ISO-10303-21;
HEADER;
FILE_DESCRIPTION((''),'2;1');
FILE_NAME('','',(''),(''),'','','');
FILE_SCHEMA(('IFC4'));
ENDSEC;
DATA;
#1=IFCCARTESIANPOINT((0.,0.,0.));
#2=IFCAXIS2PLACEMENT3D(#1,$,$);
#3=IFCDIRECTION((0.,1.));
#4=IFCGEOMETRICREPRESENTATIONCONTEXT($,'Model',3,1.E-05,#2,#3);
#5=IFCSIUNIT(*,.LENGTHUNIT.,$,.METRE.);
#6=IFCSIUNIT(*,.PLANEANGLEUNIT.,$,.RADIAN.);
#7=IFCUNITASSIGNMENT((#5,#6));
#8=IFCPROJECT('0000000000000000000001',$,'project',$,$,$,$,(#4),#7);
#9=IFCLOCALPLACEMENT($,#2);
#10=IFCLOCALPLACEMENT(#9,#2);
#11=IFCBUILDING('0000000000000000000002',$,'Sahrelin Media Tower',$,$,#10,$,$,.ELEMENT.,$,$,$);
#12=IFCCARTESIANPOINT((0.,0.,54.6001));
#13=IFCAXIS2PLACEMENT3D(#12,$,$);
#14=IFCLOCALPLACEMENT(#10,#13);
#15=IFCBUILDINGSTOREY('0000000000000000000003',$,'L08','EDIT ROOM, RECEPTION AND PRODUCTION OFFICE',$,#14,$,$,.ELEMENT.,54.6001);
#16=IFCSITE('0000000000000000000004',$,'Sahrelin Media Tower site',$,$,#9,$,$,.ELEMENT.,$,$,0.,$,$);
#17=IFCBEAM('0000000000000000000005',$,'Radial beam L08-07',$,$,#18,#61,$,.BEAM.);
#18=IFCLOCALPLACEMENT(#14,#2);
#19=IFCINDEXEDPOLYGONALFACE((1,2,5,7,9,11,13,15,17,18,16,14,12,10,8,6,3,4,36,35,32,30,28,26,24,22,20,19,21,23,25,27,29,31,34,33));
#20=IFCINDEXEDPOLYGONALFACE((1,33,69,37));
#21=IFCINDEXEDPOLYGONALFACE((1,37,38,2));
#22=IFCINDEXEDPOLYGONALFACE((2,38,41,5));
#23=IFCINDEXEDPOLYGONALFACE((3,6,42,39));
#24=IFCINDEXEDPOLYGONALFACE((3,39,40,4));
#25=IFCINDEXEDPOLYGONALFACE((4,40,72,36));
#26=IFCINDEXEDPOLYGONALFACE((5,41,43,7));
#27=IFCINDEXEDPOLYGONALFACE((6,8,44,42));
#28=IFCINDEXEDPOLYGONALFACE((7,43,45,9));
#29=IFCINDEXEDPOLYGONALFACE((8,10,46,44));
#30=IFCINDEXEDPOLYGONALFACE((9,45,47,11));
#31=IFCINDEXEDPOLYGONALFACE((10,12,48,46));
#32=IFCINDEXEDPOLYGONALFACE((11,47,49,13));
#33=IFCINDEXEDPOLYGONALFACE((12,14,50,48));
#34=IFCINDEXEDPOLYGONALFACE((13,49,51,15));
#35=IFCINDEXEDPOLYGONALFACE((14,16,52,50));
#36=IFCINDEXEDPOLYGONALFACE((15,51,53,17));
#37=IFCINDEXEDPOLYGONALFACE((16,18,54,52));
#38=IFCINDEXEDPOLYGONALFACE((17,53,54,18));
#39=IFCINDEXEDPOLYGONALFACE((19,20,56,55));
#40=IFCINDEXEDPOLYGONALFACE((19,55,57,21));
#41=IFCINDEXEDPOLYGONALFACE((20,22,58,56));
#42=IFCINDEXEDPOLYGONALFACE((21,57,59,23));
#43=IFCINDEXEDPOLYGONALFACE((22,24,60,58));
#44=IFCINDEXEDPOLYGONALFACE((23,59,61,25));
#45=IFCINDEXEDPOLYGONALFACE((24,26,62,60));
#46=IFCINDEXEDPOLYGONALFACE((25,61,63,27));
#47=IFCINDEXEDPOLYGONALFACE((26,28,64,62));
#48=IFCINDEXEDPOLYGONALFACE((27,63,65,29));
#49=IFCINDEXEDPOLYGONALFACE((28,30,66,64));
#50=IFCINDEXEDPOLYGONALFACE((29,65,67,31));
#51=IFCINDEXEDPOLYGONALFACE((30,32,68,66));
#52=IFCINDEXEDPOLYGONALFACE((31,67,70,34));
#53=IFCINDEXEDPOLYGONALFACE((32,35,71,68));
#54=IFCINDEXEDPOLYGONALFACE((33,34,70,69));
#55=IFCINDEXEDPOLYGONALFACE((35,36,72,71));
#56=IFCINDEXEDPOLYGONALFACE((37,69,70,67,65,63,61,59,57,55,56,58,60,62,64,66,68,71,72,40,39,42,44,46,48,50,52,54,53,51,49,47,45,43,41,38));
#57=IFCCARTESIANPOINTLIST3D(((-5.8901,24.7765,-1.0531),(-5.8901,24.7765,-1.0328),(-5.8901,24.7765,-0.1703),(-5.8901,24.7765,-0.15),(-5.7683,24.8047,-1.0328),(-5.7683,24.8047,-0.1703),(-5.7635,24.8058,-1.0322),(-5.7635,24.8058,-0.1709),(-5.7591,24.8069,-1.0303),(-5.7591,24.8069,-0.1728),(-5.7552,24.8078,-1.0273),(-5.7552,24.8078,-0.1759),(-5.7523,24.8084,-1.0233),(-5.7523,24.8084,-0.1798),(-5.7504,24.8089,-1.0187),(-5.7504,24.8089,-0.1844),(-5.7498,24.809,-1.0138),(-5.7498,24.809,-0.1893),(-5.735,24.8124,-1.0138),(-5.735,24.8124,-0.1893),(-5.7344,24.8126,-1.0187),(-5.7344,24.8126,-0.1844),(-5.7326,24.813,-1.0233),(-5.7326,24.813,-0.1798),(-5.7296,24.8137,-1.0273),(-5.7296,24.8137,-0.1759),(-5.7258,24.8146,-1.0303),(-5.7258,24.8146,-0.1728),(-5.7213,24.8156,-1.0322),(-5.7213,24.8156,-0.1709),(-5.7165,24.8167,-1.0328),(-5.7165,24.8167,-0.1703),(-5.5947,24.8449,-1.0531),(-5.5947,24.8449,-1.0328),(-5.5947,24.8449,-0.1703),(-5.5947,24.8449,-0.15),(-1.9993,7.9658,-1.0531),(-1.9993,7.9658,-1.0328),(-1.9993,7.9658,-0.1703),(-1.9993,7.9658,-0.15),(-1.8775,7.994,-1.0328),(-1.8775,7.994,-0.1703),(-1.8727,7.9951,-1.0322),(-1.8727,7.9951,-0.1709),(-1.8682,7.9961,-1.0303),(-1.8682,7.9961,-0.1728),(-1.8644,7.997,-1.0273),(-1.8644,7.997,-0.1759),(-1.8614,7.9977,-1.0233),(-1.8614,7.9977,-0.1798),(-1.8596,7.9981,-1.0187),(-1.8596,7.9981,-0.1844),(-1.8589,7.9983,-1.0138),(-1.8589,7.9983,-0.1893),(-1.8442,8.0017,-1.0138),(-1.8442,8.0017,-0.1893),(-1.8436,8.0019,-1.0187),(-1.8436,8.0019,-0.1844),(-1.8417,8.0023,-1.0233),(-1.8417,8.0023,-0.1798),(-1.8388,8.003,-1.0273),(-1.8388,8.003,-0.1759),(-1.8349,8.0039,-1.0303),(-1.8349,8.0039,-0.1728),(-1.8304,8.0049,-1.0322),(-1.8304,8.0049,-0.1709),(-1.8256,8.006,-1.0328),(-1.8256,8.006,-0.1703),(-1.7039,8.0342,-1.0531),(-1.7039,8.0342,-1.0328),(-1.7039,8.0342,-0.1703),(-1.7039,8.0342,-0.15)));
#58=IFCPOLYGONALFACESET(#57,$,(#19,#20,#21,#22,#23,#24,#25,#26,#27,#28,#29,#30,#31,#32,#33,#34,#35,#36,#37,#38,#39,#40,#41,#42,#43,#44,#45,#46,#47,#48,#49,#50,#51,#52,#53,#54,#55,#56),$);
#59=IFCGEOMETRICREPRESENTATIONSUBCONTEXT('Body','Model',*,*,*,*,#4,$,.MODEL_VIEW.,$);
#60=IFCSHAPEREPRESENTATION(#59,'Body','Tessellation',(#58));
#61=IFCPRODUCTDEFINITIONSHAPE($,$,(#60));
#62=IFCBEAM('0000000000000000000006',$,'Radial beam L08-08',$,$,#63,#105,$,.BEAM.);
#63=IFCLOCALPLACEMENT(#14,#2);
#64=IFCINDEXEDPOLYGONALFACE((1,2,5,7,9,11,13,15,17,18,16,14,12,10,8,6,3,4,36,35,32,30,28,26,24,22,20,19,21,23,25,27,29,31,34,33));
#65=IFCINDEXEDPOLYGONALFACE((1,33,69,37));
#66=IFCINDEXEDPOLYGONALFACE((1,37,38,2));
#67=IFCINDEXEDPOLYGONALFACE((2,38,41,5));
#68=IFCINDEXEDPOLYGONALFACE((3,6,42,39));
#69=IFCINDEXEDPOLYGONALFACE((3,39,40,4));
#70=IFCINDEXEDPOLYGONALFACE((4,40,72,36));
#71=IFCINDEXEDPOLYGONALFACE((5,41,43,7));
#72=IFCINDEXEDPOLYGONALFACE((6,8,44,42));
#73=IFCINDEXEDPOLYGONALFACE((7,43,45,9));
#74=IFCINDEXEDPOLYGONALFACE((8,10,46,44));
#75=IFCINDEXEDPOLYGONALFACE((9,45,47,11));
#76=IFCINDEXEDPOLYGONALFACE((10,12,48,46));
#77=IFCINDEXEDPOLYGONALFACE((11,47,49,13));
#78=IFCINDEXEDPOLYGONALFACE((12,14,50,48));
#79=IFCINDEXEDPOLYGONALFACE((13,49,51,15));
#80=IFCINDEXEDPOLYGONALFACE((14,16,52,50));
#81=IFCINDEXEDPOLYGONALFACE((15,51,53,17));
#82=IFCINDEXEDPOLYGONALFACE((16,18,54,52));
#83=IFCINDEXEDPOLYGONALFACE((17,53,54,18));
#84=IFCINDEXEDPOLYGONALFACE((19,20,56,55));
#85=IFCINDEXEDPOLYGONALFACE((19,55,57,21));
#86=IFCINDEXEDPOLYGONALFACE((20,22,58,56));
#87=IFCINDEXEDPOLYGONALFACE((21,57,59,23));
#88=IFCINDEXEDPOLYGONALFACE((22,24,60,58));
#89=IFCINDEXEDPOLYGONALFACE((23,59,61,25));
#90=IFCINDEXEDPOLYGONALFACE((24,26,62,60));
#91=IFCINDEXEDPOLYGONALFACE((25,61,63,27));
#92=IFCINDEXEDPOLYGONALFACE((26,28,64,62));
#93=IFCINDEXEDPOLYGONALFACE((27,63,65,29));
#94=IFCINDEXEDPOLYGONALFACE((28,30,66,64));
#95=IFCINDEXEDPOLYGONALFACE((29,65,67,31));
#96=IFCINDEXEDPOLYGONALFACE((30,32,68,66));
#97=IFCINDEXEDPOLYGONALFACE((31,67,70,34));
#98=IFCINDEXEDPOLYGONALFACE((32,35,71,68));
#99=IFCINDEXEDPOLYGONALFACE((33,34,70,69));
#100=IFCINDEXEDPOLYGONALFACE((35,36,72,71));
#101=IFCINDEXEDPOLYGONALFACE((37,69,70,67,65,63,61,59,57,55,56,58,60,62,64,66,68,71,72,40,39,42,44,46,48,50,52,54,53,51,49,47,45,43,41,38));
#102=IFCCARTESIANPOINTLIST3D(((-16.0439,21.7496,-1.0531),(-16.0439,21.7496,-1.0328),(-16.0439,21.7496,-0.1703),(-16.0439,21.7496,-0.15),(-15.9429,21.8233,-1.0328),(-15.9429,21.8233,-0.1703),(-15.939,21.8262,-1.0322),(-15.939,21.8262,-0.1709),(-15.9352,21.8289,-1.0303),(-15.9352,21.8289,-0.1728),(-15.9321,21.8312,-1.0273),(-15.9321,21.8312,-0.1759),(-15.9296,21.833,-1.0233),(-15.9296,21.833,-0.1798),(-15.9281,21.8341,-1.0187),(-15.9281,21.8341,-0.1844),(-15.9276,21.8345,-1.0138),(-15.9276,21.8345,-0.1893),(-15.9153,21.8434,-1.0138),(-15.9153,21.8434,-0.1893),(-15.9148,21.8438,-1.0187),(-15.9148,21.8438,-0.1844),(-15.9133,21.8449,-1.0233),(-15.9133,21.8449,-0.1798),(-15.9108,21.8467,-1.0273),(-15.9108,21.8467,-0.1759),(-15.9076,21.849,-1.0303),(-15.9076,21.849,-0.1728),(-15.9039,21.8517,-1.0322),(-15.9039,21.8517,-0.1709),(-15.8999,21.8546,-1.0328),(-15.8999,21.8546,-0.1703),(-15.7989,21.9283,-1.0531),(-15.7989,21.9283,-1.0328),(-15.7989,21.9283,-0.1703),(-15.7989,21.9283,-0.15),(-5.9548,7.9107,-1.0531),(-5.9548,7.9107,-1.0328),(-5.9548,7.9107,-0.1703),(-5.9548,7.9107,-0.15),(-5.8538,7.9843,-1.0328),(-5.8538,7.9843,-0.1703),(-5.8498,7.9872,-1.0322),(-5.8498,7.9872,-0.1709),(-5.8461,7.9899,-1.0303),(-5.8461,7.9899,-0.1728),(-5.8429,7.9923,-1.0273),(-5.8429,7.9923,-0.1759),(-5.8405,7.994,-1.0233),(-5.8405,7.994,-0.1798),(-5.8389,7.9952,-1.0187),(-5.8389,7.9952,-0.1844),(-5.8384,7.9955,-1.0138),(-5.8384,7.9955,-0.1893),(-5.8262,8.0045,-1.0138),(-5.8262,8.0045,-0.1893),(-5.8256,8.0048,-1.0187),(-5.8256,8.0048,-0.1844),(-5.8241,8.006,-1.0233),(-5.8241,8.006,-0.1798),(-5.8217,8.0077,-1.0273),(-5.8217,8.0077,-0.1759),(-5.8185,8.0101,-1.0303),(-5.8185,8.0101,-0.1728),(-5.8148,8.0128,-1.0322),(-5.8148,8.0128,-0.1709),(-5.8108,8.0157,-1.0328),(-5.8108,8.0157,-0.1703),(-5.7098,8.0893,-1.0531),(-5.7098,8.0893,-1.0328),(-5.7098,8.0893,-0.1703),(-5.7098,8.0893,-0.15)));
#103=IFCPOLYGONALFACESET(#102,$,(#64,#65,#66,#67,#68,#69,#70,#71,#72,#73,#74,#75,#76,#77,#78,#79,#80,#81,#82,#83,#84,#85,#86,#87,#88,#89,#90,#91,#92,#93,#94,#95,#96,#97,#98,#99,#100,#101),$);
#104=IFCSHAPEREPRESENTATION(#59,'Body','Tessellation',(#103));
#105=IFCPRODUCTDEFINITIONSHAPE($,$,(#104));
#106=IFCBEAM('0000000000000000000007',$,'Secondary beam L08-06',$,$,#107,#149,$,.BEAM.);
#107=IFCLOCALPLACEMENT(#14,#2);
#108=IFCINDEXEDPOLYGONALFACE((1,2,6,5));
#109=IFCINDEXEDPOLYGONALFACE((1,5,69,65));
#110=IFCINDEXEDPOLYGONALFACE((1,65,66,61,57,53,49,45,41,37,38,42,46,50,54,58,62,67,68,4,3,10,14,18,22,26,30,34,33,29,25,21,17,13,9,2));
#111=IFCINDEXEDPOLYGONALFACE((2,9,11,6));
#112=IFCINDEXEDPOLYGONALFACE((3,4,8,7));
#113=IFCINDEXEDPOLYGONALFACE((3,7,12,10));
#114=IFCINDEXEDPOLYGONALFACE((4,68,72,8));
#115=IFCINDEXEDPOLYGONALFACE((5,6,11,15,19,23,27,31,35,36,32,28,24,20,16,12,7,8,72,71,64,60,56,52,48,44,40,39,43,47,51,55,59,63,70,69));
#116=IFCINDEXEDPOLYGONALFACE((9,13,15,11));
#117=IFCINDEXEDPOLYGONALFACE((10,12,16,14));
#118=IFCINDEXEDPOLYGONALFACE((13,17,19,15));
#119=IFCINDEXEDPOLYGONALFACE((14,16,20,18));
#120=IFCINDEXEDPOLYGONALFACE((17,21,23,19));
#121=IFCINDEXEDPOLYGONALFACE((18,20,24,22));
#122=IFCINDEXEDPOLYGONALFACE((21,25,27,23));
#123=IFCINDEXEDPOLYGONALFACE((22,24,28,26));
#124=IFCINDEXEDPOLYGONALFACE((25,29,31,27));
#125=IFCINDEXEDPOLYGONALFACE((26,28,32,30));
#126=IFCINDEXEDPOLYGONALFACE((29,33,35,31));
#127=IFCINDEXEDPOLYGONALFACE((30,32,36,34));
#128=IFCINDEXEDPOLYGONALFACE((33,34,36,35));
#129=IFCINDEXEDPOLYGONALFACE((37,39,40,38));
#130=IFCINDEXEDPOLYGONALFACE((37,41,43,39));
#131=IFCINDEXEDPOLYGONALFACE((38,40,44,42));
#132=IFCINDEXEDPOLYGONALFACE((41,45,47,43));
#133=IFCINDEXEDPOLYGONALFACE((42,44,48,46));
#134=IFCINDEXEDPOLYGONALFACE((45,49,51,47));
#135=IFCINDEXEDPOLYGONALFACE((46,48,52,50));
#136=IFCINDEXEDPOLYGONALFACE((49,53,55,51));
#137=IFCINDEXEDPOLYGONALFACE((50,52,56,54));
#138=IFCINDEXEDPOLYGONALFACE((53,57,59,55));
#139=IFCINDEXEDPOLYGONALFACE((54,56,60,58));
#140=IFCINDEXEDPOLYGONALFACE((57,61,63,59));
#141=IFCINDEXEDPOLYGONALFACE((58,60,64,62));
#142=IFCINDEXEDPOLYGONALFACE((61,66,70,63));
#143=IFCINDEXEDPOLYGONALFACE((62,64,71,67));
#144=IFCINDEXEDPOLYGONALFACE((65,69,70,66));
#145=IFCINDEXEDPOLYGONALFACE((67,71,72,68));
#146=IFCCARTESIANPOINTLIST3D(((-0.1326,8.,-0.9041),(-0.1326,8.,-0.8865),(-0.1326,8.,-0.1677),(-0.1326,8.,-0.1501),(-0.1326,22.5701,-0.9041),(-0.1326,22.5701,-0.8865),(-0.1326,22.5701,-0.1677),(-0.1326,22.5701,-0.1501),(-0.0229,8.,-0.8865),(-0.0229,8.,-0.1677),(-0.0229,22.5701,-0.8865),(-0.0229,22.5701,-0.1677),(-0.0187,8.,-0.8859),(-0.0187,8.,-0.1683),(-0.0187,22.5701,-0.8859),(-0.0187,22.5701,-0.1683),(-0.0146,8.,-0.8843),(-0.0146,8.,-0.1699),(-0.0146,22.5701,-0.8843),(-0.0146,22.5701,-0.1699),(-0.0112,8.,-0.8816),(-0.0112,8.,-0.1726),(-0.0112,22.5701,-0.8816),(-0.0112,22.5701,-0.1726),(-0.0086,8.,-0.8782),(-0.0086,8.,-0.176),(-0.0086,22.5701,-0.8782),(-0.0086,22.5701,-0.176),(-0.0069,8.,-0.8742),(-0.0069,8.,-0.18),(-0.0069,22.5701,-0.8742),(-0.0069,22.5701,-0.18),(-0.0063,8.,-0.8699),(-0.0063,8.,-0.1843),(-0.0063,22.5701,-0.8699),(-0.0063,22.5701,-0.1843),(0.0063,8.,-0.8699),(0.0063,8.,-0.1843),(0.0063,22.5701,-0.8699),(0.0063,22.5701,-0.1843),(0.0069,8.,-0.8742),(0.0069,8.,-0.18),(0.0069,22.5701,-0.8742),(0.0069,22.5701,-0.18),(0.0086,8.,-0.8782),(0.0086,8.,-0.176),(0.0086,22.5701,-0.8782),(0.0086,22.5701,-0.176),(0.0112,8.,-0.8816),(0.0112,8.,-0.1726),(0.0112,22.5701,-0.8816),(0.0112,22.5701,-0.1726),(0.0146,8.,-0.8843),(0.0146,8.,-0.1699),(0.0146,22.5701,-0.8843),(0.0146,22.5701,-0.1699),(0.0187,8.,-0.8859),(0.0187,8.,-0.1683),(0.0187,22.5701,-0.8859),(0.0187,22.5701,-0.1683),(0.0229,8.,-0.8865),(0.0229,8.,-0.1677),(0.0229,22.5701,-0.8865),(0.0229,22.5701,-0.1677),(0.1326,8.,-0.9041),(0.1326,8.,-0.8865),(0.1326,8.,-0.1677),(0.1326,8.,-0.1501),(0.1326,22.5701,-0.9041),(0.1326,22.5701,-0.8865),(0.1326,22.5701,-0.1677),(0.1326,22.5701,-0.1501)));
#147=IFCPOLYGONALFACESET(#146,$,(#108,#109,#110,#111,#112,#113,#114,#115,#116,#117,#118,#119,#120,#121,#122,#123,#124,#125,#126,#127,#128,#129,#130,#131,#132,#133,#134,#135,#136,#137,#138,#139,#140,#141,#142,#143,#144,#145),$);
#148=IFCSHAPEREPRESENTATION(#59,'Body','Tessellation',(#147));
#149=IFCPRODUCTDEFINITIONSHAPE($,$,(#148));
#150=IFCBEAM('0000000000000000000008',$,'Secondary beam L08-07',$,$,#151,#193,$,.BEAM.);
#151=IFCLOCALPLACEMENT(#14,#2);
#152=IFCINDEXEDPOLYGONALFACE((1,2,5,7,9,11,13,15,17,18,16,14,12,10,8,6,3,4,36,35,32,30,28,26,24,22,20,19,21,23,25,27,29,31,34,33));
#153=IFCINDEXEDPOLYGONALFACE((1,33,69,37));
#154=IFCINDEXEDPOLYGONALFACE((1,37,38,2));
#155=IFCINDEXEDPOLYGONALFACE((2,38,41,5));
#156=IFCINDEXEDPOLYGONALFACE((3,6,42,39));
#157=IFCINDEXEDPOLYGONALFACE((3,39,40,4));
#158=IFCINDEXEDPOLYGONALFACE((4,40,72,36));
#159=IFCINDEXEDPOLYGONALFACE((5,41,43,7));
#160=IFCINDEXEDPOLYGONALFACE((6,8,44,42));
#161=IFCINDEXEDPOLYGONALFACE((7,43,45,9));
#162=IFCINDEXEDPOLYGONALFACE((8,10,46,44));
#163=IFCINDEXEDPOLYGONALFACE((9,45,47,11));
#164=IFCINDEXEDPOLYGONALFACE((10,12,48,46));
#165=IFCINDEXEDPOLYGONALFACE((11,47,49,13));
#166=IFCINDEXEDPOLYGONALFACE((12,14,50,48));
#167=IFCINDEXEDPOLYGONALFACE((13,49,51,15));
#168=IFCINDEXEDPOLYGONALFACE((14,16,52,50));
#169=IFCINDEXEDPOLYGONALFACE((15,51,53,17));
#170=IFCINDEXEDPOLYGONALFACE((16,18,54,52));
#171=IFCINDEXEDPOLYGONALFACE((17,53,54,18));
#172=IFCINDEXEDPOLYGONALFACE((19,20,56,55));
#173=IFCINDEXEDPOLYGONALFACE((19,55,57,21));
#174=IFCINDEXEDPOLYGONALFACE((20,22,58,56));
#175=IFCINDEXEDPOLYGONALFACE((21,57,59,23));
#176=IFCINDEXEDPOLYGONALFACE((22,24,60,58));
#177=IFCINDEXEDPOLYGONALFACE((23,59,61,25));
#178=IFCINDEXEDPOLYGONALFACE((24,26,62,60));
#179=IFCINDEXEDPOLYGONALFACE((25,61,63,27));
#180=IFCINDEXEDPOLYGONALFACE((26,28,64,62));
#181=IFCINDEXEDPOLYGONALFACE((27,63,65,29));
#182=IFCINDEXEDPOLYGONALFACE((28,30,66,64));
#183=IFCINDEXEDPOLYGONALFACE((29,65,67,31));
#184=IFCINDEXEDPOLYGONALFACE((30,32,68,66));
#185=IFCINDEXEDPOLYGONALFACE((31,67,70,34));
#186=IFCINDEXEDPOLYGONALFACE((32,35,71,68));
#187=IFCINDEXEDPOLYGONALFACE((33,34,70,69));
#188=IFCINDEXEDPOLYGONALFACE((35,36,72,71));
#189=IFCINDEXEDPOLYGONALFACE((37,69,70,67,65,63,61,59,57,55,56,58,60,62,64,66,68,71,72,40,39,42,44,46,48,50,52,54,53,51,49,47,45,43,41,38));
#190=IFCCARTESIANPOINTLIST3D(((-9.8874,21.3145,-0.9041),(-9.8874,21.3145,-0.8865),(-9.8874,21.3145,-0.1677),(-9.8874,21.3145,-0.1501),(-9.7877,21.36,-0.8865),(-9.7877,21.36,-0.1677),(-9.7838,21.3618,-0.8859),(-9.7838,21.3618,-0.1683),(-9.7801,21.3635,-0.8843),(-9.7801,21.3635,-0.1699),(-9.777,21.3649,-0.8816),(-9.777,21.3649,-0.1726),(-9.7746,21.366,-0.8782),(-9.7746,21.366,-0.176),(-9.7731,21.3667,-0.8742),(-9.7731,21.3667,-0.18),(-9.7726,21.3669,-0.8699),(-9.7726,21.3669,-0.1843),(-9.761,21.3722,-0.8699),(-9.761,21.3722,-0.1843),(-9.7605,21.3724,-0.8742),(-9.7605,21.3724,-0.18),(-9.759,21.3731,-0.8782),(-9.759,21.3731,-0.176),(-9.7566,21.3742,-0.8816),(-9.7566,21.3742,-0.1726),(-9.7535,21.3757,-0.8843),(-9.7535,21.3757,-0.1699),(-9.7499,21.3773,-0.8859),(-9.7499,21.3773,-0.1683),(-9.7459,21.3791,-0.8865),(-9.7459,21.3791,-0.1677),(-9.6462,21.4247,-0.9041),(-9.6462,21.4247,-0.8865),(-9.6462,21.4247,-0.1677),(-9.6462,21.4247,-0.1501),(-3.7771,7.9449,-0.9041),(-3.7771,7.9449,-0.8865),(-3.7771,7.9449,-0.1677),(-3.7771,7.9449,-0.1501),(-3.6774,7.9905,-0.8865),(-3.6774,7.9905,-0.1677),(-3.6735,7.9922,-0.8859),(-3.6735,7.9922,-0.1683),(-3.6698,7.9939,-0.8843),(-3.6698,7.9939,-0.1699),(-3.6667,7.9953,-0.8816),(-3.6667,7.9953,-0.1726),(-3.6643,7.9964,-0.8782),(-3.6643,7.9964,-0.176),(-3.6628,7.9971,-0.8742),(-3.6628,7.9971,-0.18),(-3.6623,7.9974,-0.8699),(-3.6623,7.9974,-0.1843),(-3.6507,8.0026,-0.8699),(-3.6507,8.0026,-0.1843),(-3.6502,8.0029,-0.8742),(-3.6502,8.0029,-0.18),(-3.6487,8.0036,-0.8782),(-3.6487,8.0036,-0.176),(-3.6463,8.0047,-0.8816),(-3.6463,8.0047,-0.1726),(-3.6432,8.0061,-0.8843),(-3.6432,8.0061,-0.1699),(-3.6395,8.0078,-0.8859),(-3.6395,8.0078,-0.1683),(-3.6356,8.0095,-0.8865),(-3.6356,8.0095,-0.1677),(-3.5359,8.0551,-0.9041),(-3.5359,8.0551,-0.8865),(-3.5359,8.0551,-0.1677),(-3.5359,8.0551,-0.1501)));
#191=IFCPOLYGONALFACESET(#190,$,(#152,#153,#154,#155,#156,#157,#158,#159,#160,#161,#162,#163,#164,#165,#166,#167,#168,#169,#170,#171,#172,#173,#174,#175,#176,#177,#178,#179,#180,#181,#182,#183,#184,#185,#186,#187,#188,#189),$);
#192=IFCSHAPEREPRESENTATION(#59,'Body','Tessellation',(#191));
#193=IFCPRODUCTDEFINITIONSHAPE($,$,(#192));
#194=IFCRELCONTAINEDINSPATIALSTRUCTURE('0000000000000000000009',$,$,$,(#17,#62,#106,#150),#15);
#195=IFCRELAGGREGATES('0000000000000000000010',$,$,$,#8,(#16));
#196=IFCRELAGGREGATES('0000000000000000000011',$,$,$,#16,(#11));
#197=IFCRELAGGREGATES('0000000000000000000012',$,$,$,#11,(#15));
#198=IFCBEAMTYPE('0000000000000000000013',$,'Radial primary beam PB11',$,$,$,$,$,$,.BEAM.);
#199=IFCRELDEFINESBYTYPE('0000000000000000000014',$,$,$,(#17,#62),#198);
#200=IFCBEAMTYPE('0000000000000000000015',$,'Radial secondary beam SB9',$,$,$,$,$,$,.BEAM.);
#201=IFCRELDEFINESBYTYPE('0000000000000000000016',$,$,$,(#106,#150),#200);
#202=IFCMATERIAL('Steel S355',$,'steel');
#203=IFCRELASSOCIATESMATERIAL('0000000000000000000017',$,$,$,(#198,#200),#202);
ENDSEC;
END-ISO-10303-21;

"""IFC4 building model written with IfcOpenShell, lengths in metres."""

from ifc_helpers import new_model, si_unit, direction, frame, origin, origin_2d, place, context, subcontext, project, spatial, i_section, extrude, material, material_profile, profile_set, type_object, element, save


model = new_model("IFC4")

# Units and contexts
model_context = context("Model", 3, precision=1e-05, world=origin(), true_north=direction((0.0, 1.0)))
body_context = subcontext(model_context, "Body", "Model", "MODEL_VIEW")
ifc_project = project(units=[si_unit("LENGTHUNIT", "METRE"), si_unit("PLANEANGLEUNIT", "RADIAN")], contexts=[model_context])

# Site, building, storey
site_placement = place(None, origin())
site = spatial("IfcSite", under=ifc_project, at=site_placement, Name="Sahrelin Media Tower site", CompositionType="ELEMENT", RefElevation=0.0)
building_placement = place(site_placement, origin())
building = spatial("IfcBuilding", under=site, at=building_placement, Name="Sahrelin Media Tower", CompositionType="ELEMENT")
storey_placement = place(building_placement, frame((0.0, 0.0, 54.6001)))
storey = spatial("IfcBuildingStorey", under=building, at=storey_placement, Name="L08", Description="EDIT ROOM, RECEPTION AND PRODUCTION OFFICE", CompositionType="ELEMENT", Elevation=54.6001)

# Shared definitions
ifc_material_1 = material(Name="Steel S355", Category="steel")

# Beams
ifc_material_profile_1 = material_profile(ifc_material_1, i_section(OverallWidth=0.3032, OverallDepth=0.9031, WebThickness=0.0151, FlangeThickness=0.0203, FilletRadius=0.019, at=origin_2d()), Name="UB 914x305x201")
ifc_profile_set_1 = profile_set([ifc_material_profile_1], Name="Steel S355")
beam_type_1 = type_object("IfcBeamType", Name="Radial primary beam PB11", PredefinedType="BEAM", material=ifc_profile_set_1)
beam_1_placement = place(storey_placement, frame((-1.8516, 8.0, -0.6016), z_axis=(-0.22549, 0.974246, 0.0), x_axis=(-0.974246, -0.22549, 0.0)))
element("IfcBeam", 1, at=beam_1_placement, inside=storey, type_object=beam_type_1, Name="Radial beam L08-07", PredefinedType="BEAM", context=body_context, shape_type="SweptSolid", body=[
    extrude(i_section(OverallWidth=0.3032, OverallDepth=0.9031, WebThickness=0.0151, FlangeThickness=0.0203, FilletRadius=0.019, at=origin_2d()), origin(), (0.0, 0.0, 1.0), 17.2551),
])
beam_2_placement = place(storey_placement, frame((-5.8323, 8.0, -0.6016), z_axis=(-0.589106, 0.808056, 0.0), x_axis=(-0.808056, -0.589106, 0.0)))
element("IfcBeam", 2, at=beam_2_placement, inside=storey, type_object=beam_type_1, Name="Radial beam L08-08", PredefinedType="BEAM", context=body_context, shape_type="SweptSolid", body=[
    extrude(i_section(OverallWidth=0.3032, OverallDepth=0.9031, WebThickness=0.0151, FlangeThickness=0.0203, FilletRadius=0.019, at=origin_2d()), origin(), (0.0, 0.0, 1.0), 17.1262),
])
ifc_material_profile_2 = material_profile(ifc_material_1, i_section(OverallWidth=0.2651, OverallDepth=0.7539, WebThickness=0.0127, FlangeThickness=0.0176, FilletRadius=0.0166, at=origin_2d()), Name="UB 762x267x147")
ifc_profile_set_2 = profile_set([ifc_material_profile_2], Name="Steel S355")
beam_type_2 = type_object("IfcBeamType", Name="Radial secondary beam SB9", PredefinedType="BEAM", material=ifc_profile_set_2)
beam_3_placement = place(storey_placement, frame((0.0, 8.0, -0.5271), z_axis=(0.0, 1.0, 0.0), x_axis=(-1.0, 0.0, 0.0)))
element("IfcBeam", 3, at=beam_3_placement, inside=storey, type_object=beam_type_2, Name="Secondary beam L08-06", PredefinedType="BEAM", context=body_context, shape_type="SweptSolid", body=[
    extrude(i_section(OverallWidth=0.2651, OverallDepth=0.7539, WebThickness=0.0127, FlangeThickness=0.0176, FilletRadius=0.0166, at=origin_2d()), origin(), (0.0, 0.0, 1.0), 14.5701),
])
beam_4_placement = place(storey_placement, frame((-3.6565, 8.0, -0.5271), z_axis=(-0.415677, 0.909513, 0.0), x_axis=(-0.909513, -0.415677, 0.0)))
element("IfcBeam", 4, at=beam_4_placement, inside=storey, type_object=beam_type_2, Name="Secondary beam L08-07", PredefinedType="BEAM", context=body_context, shape_type="SweptSolid", body=[
    extrude(i_section(OverallWidth=0.2651, OverallDepth=0.7539, WebThickness=0.0127, FlangeThickness=0.0176, FilletRadius=0.0166, at=origin_2d()), origin(), (0.0, 0.0, 1.0), 14.6997),
])

save(model, "model.ifc")
